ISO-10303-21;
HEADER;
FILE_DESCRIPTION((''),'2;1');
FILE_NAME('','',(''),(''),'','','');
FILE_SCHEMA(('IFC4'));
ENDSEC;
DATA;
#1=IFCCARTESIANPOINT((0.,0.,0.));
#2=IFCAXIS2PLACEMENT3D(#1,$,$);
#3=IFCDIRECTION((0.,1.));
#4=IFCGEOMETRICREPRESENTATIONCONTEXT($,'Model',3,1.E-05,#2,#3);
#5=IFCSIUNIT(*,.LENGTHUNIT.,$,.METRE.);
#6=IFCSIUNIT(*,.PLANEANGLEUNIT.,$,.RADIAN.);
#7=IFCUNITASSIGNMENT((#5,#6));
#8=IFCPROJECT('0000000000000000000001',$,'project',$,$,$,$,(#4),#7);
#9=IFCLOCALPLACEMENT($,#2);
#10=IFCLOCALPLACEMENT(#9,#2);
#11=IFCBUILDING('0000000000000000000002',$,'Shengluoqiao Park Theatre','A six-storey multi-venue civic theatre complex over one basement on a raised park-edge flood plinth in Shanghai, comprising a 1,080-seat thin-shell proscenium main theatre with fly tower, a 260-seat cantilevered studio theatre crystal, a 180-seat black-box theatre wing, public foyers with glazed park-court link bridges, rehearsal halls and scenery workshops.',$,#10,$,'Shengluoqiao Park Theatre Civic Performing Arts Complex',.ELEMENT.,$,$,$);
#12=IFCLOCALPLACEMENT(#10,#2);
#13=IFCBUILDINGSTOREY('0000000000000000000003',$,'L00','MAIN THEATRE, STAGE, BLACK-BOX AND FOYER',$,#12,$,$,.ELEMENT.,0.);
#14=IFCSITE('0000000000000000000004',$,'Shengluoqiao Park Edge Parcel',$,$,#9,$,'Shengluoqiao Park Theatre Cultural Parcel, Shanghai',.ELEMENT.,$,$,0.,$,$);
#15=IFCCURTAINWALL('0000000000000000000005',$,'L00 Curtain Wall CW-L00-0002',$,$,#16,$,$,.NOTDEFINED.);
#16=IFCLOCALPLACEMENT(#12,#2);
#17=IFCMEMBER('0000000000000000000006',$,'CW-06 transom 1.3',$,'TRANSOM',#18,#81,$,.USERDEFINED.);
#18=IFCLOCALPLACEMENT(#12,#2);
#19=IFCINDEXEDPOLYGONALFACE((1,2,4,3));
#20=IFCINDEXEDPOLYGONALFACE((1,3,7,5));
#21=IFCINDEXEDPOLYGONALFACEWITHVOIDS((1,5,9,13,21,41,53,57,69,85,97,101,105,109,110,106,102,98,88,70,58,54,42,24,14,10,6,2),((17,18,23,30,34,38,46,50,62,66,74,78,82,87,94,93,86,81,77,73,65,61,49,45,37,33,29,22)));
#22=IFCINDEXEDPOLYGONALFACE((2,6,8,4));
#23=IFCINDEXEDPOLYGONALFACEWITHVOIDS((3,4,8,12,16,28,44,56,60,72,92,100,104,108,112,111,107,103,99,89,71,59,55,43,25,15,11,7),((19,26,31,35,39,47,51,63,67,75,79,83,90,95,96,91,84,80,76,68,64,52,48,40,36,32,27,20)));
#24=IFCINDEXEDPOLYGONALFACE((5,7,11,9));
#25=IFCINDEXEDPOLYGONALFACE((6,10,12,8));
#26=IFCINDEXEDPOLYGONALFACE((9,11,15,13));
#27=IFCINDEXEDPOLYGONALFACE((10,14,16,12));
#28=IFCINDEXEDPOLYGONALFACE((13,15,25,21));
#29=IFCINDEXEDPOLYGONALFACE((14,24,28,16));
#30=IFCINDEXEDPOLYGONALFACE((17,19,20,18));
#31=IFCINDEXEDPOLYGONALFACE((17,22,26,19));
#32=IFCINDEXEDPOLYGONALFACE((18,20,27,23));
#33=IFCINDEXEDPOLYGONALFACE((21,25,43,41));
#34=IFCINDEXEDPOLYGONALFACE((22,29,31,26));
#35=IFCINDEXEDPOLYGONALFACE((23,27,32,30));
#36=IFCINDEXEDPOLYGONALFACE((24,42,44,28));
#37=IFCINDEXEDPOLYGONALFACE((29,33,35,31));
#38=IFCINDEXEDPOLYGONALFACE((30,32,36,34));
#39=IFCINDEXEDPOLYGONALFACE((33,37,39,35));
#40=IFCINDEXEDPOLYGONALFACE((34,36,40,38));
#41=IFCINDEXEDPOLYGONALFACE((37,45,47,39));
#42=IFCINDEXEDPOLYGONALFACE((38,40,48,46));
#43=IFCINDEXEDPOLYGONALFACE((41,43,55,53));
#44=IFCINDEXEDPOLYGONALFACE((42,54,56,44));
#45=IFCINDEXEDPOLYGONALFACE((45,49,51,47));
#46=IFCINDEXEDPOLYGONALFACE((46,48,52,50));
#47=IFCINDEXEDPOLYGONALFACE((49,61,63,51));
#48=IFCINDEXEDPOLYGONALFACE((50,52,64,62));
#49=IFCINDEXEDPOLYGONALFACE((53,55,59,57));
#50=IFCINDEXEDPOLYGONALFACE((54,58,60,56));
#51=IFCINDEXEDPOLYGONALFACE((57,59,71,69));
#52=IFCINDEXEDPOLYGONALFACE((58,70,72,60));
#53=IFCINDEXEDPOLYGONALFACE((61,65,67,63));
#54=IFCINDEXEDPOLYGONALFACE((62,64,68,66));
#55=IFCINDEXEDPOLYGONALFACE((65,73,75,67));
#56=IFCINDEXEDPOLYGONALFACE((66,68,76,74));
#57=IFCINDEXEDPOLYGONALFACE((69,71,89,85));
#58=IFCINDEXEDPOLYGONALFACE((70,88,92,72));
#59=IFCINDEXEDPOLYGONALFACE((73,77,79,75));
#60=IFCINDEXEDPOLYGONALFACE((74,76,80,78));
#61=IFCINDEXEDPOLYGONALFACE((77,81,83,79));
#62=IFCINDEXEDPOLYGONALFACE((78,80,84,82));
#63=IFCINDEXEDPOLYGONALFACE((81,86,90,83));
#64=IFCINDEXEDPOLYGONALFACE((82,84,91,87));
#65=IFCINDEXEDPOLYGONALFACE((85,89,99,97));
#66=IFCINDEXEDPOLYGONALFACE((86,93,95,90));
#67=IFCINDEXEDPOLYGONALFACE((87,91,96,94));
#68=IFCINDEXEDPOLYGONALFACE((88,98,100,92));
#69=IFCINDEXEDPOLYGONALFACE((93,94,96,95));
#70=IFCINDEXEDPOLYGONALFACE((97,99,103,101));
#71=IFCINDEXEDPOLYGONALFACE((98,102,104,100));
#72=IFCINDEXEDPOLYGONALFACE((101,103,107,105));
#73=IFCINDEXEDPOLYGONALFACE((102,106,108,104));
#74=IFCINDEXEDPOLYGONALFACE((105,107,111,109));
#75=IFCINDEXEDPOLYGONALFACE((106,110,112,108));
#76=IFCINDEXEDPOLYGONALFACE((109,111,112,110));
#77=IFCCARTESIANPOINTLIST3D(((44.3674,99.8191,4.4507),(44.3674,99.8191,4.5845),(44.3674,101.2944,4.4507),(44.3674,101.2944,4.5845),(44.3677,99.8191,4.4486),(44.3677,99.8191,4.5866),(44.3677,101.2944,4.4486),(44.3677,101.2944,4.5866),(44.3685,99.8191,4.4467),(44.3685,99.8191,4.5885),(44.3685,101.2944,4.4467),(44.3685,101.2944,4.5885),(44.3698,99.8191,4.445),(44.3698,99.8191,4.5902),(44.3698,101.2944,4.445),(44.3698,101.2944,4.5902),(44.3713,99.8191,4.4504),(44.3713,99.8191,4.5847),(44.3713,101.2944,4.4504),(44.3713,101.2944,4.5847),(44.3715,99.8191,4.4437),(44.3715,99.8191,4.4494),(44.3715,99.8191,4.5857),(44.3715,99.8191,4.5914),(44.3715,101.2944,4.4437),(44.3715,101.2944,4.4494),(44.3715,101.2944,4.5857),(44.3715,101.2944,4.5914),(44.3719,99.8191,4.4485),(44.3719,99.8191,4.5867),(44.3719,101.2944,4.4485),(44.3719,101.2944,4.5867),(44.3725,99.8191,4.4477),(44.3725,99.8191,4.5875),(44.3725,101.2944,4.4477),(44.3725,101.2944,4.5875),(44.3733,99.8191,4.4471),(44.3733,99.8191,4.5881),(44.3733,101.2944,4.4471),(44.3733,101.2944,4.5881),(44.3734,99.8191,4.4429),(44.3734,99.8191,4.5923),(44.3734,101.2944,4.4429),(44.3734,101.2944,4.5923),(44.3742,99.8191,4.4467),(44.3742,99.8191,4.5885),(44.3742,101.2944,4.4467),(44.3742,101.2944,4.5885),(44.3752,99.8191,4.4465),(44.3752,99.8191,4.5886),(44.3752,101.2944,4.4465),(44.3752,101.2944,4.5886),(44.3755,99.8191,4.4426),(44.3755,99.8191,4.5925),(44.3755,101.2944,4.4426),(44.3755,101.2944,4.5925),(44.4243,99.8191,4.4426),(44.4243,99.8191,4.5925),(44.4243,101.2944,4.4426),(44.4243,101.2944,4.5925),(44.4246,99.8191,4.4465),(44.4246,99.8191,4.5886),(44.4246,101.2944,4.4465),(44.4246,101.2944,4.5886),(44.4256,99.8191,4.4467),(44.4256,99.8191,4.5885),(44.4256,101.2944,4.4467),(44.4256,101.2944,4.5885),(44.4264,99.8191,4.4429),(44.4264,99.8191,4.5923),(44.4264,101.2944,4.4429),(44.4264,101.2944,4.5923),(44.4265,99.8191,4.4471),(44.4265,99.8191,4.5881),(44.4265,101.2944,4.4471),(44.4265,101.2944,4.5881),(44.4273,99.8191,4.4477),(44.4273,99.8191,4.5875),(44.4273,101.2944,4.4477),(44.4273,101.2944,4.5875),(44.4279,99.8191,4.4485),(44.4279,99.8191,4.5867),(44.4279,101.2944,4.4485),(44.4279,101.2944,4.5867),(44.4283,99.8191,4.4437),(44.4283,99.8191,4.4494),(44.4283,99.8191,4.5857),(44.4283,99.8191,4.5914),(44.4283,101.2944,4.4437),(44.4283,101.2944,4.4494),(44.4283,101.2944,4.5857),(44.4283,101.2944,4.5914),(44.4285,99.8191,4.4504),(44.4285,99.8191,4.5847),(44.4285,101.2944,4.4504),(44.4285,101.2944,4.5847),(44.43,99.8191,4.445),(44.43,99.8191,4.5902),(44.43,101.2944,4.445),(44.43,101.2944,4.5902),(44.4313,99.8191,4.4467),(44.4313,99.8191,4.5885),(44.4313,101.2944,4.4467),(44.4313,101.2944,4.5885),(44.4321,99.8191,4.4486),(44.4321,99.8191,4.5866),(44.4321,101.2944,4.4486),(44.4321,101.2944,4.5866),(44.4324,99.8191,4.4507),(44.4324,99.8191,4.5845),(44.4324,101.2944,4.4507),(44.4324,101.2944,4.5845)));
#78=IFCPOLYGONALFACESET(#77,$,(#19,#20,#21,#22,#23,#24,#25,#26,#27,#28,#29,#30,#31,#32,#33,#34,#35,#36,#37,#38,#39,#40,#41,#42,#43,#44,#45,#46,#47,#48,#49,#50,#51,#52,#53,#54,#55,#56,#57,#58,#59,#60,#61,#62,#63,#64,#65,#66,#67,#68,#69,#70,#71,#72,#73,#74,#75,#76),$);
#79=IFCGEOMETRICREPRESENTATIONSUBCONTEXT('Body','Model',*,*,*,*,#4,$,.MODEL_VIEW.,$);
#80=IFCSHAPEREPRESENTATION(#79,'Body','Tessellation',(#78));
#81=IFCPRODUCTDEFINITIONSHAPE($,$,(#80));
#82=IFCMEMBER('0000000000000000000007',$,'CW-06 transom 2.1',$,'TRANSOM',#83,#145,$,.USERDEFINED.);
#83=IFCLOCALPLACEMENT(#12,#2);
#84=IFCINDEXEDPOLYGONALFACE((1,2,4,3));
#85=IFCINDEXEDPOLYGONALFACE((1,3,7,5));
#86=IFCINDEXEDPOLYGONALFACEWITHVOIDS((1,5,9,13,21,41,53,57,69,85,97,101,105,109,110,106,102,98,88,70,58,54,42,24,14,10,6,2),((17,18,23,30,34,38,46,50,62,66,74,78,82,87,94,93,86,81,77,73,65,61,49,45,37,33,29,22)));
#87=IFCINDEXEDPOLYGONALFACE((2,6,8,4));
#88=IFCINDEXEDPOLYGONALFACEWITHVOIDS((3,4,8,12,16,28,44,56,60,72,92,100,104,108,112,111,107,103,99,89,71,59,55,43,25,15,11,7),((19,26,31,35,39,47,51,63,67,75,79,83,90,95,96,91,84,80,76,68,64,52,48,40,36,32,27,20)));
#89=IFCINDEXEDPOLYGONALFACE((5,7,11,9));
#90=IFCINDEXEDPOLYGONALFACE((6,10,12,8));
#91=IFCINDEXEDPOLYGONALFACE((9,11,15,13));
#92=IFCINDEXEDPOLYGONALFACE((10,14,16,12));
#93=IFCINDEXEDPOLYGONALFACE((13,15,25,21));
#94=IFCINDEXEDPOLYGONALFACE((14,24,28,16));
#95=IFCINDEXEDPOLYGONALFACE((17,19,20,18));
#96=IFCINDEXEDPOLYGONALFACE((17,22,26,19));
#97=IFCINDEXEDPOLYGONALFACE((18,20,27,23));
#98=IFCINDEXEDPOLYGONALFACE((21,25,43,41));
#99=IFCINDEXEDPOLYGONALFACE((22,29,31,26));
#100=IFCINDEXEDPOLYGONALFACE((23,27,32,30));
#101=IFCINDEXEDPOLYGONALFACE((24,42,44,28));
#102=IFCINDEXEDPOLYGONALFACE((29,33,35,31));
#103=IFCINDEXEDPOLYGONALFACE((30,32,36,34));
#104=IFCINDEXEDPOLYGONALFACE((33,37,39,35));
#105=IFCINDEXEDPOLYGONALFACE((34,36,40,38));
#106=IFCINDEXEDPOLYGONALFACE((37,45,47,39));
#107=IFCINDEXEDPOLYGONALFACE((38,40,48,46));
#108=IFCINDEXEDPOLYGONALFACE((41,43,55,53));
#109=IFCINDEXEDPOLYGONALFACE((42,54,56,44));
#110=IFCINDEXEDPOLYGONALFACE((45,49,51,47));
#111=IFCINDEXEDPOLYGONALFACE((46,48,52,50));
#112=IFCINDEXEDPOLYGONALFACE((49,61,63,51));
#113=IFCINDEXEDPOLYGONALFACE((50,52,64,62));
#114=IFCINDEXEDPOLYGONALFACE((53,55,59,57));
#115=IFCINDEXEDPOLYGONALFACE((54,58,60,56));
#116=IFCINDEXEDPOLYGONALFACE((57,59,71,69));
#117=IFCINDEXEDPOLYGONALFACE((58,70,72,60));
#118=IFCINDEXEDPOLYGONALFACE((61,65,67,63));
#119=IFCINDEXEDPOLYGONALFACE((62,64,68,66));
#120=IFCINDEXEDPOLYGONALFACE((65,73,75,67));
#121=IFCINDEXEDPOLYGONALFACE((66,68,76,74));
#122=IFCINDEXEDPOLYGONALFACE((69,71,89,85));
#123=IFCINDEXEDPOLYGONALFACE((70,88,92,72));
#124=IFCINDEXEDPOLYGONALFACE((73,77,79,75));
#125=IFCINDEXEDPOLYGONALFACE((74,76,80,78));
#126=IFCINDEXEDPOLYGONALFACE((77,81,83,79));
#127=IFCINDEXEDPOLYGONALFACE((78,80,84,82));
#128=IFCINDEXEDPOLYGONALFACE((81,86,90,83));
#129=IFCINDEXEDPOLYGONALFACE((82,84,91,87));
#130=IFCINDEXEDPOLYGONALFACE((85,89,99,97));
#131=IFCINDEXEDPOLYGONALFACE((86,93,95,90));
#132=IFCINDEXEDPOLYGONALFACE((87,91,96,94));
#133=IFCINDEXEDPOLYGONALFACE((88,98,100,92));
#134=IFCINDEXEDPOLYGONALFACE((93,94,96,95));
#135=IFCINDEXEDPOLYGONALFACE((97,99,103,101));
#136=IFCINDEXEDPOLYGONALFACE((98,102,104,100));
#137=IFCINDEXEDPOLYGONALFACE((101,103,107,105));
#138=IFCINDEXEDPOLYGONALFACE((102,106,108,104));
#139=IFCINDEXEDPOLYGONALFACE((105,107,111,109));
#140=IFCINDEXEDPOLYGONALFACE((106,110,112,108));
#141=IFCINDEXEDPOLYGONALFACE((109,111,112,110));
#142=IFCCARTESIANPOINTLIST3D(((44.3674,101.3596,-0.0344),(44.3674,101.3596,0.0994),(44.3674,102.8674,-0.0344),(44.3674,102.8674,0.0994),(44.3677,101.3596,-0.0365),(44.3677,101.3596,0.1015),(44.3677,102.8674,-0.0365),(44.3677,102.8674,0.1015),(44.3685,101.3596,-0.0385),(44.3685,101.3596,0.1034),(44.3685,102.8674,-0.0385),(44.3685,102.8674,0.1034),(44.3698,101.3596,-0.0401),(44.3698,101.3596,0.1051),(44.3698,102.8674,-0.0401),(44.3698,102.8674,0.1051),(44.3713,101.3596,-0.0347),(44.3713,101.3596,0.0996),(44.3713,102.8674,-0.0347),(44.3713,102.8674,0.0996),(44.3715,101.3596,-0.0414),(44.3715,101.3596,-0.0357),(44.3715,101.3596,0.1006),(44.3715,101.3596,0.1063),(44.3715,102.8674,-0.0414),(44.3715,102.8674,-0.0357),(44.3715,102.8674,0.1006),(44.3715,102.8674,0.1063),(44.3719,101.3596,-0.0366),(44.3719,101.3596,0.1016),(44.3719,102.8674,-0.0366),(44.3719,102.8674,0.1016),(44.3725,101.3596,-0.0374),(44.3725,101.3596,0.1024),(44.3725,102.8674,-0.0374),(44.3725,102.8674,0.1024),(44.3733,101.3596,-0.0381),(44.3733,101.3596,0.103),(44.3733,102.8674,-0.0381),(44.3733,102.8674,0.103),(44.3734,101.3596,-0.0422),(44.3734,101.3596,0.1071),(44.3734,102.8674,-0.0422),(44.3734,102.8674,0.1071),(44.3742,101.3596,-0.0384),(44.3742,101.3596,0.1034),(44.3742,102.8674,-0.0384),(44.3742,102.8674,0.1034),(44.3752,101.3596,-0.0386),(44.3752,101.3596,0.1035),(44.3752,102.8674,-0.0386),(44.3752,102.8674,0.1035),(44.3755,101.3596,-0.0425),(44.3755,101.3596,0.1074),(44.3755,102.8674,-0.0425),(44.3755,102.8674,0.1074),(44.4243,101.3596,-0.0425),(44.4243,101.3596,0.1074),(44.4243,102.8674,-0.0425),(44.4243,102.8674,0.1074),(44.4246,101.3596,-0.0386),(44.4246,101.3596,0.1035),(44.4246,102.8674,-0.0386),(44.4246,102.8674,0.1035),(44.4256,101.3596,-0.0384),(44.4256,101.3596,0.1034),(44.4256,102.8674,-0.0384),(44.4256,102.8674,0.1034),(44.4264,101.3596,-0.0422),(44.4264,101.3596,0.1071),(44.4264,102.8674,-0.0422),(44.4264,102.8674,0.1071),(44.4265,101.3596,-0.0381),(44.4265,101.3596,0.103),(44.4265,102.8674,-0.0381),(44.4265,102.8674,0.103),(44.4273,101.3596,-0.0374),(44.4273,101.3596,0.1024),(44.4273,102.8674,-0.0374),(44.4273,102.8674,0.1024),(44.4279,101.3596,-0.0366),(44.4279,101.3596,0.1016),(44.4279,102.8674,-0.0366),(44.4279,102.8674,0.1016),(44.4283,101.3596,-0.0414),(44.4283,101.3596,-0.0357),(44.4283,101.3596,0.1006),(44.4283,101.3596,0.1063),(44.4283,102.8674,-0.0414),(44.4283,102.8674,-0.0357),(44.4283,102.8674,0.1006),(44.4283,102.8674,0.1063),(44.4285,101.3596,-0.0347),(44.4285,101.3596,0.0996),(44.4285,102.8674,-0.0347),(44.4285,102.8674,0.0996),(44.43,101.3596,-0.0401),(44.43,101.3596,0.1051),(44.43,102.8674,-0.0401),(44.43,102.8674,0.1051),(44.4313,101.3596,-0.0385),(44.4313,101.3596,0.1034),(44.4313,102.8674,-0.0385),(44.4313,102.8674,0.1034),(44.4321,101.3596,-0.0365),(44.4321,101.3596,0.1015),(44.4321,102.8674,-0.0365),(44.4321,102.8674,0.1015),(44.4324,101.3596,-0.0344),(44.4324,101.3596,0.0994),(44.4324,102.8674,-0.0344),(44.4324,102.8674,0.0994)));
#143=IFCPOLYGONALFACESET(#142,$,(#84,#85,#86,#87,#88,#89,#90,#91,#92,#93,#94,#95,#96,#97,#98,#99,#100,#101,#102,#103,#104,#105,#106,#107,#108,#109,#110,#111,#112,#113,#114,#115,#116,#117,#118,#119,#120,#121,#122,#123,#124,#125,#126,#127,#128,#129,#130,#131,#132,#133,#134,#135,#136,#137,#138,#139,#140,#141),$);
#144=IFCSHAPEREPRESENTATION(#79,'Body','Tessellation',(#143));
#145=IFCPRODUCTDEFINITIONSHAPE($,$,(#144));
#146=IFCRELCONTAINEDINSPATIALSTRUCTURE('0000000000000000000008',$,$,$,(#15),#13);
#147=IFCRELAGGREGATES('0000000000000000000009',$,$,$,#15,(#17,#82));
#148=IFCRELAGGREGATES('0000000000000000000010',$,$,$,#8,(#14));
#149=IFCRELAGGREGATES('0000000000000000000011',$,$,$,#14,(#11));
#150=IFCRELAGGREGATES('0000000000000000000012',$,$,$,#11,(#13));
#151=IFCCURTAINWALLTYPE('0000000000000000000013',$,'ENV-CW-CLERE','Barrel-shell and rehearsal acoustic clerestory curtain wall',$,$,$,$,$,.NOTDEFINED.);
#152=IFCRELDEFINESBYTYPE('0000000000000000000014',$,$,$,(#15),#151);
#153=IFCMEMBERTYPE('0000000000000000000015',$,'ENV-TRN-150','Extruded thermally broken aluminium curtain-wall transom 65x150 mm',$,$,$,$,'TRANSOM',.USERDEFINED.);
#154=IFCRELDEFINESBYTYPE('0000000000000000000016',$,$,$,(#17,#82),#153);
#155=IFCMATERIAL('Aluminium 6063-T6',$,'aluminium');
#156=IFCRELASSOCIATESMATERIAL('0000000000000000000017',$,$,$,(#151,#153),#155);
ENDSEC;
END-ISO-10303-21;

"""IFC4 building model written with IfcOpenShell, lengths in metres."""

from ifc_helpers import new_model, si_unit, direction, frame, origin, origin_2d, place, context, subcontext, project, spatial, hollow_rectangle, extrude, material, material_profile, profile_set, type_object, element, aggregate, save


model = new_model("IFC4")

# Units and contexts
model_context = context("Model", 3, precision=1e-05, world=origin(), true_north=direction((0.0, 1.0)))
body_context = subcontext(model_context, "Body", "Model", "MODEL_VIEW")
ifc_project = project(units=[si_unit("LENGTHUNIT", "METRE"), si_unit("PLANEANGLEUNIT", "RADIAN")], contexts=[model_context])

# Site, building, storey
site_placement = place(None, origin())
site = spatial("IfcSite", under=ifc_project, at=site_placement, Name="Shengluoqiao Park Edge Parcel", LongName="Shengluoqiao Park Theatre Cultural Parcel, Shanghai", CompositionType="ELEMENT", RefElevation=0.0)
building_placement = place(site_placement, origin())
building = spatial("IfcBuilding", under=site, at=building_placement, Name="Shengluoqiao Park Theatre", Description="A six-storey multi-venue civic theatre complex over one basement on a raised park-edge flood plinth in Shanghai, comprising a 1,080-seat thin-shell proscenium main theatre with fly tower, a 260-seat cantilevered studio theatre crystal, a 180-seat black-box theatre wing, public foyers with glazed park-court link bridges, rehearsal halls and scenery workshops.", LongName="Shengluoqiao Park Theatre Civic Performing Arts Complex", CompositionType="ELEMENT")
storey_placement = place(building_placement, origin())
storey = spatial("IfcBuildingStorey", under=building, at=storey_placement, Name="L00", Description="MAIN THEATRE, STAGE, BLACK-BOX AND FOYER", CompositionType="ELEMENT", Elevation=0.0)

# Curtain wall, members
ifc_material_1 = material(Name="Aluminium 6063-T6", Category="aluminium")
curtain_wall_type = type_object("IfcCurtainWallType", Name="ENV-CW-CLERE", Description="Barrel-shell and rehearsal acoustic clerestory curtain wall", PredefinedType="NOTDEFINED", material=ifc_material_1)
curtain_wall_placement = place(storey_placement, origin())
curtain_wall = element("IfcCurtainWall", 1, at=curtain_wall_placement, inside=storey, type_object=curtain_wall_type, Name="L00 Curtain Wall CW-L00-0002", PredefinedType="NOTDEFINED")
ifc_material_profile_1 = material_profile(ifc_material_1, hollow_rectangle(XDim=0.0649, YDim=0.1499, WallThickness=0.0039, InnerFilletRadius=0.0039, OuterFilletRadius=0.0081, at=origin_2d()), Name="ALU TRANSOM 150x65x4")
ifc_profile_set_1 = profile_set([ifc_material_profile_1], Name="Aluminium 6063-T6")
member_type_1 = type_object("IfcMemberType", Name="ENV-TRN-150", Description="Extruded thermally broken aluminium curtain-wall transom 65x150 mm", ElementType="TRANSOM", PredefinedType="USERDEFINED", material=ifc_profile_set_1)
member_1_placement = place(storey_placement, frame((44.3999, 99.8191, 4.5176), z_axis=(0.0, 1.0, 0.0), x_axis=(-1.0, 0.0, 0.0)))
member_1 = element("IfcMember", 2, at=member_1_placement, type_object=member_type_1, Name="CW-06 transom 1.3", ObjectType="TRANSOM", PredefinedType="USERDEFINED", context=body_context, shape_type="SweptSolid", body=[
    extrude(hollow_rectangle(XDim=0.0649, YDim=0.1499, WallThickness=0.0039, InnerFilletRadius=0.0039, OuterFilletRadius=0.0081, at=origin_2d()), origin(), (0.0, 0.0, 1.0), 1.4753),
])
member_2_placement = place(storey_placement, frame((44.3999, 101.3596, 0.0325), z_axis=(0.0, 1.0, 0.0), x_axis=(-1.0, 0.0, 0.0)))
member_2 = element("IfcMember", 3, at=member_2_placement, type_object=member_type_1, Name="CW-06 transom 2.1", ObjectType="TRANSOM", PredefinedType="USERDEFINED", context=body_context, shape_type="SweptSolid", body=[
    extrude(hollow_rectangle(XDim=0.0649, YDim=0.1499, WallThickness=0.0039, InnerFilletRadius=0.0039, OuterFilletRadius=0.0081, at=origin_2d()), origin(), (0.0, 0.0, 1.0), 1.5078),
])
aggregate(curtain_wall, [member_1, member_2])

save(model, "model.ifc")
